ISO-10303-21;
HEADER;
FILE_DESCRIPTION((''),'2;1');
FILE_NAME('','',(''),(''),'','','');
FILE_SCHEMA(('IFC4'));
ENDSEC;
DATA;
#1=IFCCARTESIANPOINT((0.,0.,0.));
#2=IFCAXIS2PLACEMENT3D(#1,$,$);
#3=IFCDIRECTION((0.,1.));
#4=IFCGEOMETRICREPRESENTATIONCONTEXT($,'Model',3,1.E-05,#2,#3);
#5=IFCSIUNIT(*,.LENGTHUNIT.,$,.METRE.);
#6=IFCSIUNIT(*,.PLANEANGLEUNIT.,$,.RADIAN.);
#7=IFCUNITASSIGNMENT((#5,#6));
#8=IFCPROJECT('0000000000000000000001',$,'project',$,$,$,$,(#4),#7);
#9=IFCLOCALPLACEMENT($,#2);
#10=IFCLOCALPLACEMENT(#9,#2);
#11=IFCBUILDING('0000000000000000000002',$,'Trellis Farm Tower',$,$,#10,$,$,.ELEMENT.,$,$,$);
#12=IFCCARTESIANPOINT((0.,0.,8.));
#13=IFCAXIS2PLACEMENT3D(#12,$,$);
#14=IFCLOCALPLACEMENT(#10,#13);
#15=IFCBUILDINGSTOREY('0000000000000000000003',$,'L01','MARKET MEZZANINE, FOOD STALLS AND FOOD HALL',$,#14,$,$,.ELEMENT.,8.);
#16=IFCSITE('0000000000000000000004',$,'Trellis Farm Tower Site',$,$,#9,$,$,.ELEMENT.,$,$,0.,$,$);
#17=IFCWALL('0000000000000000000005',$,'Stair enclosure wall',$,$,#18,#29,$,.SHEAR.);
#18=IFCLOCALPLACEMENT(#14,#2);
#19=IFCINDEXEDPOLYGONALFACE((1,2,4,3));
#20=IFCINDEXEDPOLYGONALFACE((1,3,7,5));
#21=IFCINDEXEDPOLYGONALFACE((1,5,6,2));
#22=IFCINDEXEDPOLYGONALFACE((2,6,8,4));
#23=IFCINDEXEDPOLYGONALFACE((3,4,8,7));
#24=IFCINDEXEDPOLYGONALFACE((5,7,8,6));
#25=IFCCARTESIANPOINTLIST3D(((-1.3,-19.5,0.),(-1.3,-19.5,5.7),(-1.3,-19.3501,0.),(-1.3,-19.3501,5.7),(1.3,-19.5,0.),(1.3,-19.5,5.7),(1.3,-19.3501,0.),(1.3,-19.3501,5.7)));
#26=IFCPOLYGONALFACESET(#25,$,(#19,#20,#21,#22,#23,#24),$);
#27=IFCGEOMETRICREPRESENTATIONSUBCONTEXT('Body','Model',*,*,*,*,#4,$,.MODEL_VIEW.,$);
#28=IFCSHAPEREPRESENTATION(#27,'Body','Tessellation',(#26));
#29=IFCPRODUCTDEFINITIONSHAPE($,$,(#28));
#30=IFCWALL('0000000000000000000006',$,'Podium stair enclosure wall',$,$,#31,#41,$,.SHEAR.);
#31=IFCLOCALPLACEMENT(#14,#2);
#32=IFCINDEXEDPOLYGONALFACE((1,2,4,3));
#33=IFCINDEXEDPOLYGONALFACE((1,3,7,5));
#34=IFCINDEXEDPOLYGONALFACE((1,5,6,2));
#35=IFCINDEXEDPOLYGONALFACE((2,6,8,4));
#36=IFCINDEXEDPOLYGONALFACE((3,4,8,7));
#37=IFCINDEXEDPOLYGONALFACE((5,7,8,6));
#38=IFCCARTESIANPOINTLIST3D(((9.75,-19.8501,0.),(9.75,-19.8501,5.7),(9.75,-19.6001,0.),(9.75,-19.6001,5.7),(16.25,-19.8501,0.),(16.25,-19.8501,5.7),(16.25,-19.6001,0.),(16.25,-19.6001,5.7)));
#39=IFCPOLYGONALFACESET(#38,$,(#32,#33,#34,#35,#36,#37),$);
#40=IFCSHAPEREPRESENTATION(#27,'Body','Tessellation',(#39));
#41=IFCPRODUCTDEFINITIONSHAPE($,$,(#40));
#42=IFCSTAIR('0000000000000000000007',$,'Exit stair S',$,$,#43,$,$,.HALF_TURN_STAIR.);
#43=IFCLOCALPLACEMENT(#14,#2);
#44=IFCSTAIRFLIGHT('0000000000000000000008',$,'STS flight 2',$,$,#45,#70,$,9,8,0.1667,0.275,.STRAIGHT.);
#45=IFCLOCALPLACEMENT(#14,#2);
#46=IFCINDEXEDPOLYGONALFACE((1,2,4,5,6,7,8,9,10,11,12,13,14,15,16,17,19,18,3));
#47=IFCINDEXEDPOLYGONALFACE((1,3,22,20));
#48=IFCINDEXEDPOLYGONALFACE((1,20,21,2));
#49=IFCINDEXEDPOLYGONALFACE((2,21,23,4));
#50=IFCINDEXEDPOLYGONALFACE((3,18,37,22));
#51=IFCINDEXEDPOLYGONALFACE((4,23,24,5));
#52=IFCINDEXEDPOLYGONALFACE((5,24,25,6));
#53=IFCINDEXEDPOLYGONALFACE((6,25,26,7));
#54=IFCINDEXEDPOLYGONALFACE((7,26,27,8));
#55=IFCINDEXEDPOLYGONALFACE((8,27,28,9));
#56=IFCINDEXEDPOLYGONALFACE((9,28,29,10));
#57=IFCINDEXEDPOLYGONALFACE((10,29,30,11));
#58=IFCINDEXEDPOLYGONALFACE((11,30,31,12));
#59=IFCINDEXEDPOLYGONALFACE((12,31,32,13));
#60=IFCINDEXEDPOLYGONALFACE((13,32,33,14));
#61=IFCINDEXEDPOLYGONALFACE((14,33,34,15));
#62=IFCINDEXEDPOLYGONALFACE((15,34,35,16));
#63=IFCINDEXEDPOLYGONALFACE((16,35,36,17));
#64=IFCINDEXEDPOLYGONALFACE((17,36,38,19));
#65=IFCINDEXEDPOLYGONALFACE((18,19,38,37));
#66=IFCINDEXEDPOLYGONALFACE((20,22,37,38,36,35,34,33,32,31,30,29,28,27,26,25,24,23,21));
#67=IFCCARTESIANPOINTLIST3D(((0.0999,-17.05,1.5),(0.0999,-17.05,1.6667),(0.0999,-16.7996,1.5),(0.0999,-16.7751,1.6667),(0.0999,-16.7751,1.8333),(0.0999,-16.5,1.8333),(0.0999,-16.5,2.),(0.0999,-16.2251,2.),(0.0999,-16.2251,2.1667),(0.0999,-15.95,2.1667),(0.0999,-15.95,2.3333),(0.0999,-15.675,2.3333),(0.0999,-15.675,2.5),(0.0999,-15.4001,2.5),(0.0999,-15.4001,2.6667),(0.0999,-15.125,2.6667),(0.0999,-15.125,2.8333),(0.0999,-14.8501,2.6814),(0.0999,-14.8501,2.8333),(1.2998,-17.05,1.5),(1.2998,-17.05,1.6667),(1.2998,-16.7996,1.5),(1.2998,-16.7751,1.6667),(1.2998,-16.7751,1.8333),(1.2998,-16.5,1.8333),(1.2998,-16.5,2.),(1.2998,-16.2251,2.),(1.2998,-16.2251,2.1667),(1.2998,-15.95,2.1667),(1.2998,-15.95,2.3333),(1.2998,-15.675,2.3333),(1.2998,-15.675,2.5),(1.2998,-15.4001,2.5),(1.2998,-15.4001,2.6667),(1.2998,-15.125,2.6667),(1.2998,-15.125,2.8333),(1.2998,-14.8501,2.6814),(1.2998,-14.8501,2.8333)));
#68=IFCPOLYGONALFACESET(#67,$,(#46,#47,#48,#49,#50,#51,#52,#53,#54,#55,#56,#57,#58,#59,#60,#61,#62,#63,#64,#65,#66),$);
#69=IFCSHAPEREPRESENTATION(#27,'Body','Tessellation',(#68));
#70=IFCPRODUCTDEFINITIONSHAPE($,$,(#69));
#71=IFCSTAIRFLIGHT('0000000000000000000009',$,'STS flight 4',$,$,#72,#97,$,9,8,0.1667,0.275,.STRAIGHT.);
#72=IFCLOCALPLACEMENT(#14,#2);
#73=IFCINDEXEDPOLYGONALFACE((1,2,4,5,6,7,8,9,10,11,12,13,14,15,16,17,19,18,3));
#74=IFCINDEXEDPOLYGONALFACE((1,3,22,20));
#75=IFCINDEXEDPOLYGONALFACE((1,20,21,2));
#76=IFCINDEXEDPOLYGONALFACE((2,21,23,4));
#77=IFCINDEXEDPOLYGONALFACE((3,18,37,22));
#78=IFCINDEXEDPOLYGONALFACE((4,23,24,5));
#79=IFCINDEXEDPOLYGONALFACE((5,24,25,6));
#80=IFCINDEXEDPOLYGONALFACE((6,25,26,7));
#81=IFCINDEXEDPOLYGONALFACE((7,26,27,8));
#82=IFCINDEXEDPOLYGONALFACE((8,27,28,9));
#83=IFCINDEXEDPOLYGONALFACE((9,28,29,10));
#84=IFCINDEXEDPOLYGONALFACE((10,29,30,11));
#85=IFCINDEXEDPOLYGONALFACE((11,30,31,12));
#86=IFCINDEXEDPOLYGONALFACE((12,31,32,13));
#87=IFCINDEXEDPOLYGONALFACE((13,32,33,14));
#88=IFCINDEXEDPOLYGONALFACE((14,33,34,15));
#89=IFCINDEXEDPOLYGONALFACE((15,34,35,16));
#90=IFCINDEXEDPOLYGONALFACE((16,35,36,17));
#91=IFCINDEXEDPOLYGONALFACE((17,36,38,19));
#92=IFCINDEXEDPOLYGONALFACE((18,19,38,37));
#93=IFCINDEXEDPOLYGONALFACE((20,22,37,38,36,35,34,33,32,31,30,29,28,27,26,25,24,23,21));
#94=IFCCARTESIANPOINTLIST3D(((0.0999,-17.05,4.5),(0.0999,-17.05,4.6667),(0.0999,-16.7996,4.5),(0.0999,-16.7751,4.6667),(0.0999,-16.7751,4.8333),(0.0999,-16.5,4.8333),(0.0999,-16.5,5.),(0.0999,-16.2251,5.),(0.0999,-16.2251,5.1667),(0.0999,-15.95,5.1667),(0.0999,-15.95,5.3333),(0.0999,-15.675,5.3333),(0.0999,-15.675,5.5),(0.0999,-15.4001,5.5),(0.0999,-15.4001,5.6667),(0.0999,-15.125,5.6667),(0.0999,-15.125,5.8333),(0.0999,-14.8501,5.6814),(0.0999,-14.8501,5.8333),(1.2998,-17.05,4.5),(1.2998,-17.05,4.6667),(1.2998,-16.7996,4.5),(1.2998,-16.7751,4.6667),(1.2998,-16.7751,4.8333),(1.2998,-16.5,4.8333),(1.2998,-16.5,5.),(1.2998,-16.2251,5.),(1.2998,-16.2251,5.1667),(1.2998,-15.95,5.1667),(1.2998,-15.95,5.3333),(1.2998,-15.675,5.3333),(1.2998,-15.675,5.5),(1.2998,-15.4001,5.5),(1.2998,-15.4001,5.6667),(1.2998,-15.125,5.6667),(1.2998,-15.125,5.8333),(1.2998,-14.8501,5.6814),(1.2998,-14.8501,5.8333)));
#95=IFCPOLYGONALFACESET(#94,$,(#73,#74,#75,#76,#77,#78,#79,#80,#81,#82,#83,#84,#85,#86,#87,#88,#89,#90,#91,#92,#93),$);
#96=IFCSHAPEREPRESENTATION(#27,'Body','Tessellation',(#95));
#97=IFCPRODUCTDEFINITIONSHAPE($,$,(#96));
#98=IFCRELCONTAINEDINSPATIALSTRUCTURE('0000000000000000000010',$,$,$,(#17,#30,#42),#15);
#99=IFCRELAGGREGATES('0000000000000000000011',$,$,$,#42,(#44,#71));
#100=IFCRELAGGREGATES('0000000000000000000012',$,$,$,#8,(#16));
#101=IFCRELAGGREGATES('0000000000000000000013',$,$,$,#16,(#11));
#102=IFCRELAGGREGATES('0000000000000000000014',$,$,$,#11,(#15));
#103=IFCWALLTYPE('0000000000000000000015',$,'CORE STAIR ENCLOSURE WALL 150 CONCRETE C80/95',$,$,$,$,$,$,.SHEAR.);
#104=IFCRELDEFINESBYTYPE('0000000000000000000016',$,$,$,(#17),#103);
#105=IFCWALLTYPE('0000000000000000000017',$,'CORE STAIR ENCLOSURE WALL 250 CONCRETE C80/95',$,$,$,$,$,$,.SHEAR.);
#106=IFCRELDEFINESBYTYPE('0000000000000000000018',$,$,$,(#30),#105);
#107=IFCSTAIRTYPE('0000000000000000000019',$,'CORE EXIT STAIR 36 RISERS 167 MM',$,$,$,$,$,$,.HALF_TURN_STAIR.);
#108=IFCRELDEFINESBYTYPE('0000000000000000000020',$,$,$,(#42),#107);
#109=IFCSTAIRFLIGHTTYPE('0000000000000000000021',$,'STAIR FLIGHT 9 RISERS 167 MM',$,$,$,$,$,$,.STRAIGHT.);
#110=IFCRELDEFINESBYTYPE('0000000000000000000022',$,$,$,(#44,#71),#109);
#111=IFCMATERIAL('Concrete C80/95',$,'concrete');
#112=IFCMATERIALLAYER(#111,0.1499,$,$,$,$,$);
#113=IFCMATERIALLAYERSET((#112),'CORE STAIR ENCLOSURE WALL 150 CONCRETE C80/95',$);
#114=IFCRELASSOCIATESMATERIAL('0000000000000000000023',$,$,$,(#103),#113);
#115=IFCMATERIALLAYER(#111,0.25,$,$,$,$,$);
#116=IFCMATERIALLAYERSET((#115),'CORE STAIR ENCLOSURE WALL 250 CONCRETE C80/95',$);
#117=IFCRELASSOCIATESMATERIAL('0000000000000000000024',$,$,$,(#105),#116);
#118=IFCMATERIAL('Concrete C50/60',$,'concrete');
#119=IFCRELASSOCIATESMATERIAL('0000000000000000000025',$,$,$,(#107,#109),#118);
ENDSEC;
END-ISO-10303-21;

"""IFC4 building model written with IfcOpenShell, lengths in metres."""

from ifc_helpers import new_model, si_unit, direction, frame, frame_2d, origin, place, context, subcontext, project, spatial, polyline, rectangle, outline, extrude, source, transform, mapped, material, layer, layer_set, type_object, element, aggregate, save


model = new_model("IFC4")

# Units and contexts
model_context = context("Model", 3, precision=1e-05, world=origin(), true_north=direction((0.0, 1.0)))
body_context = subcontext(model_context, "Body", "Model", "MODEL_VIEW")
ifc_project = project(units=[si_unit("LENGTHUNIT", "METRE"), si_unit("PLANEANGLEUNIT", "RADIAN")], contexts=[model_context])

# Site, building, storey
site_placement = place(None, origin())
site = spatial("IfcSite", under=ifc_project, at=site_placement, Name="Trellis Farm Tower Site", CompositionType="ELEMENT", RefElevation=0.0)
building_placement = place(site_placement, origin())
building = spatial("IfcBuilding", under=site, at=building_placement, Name="Trellis Farm Tower", CompositionType="ELEMENT")
storey_placement = place(building_placement, frame((0.0, 0.0, 8.0)))
storey = spatial("IfcBuildingStorey", under=building, at=storey_placement, Name="L01", Description="MARKET MEZZANINE, FOOD STALLS AND FOOD HALL", CompositionType="ELEMENT", Elevation=8.0)

# Shared definitions
ifc_material_1 = material(Name="Concrete C80/95", Category="concrete")

# Shared definitions
ifc_layer_1 = layer(ifc_material_1, 0.1499)
ifc_layer_set_1 = layer_set([ifc_layer_1], Name="CORE STAIR ENCLOSURE WALL 150 CONCRETE C80/95")
wall_type_1 = type_object("IfcWallType", Name="CORE STAIR ENCLOSURE WALL 150 CONCRETE C80/95", PredefinedType="SHEAR", material=ifc_layer_set_1)
shared_shape_1 = source(origin(), body_context, "Body", "SweptSolid", [
    extrude(rectangle(XDim=2.6001, YDim=0.1499, at=frame_2d((1.3, 0.0))), origin(), (0.0, 0.0, 1.0), 5.7),
])

# Walls
wall_1_placement = place(storey_placement, frame((1.3, -19.425, 0.0), z_axis=(0.0, 0.0, 1.0), x_axis=(-1.0, 0.0, 0.0)))
element("IfcWall", 1, at=wall_1_placement, inside=storey, type_object=wall_type_1, Name="Stair enclosure wall", PredefinedType="SHEAR", context=body_context, shape_type="MappedRepresentation", body=[
    mapped(shared_shape_1, transform((0.0, 0.0, 0.0))),
])
ifc_layer_2 = layer(ifc_material_1, 0.25)
ifc_layer_set_2 = layer_set([ifc_layer_2], Name="CORE STAIR ENCLOSURE WALL 250 CONCRETE C80/95")
wall_type_2 = type_object("IfcWallType", Name="CORE STAIR ENCLOSURE WALL 250 CONCRETE C80/95", PredefinedType="SHEAR", material=ifc_layer_set_2)
shared_shape_2 = source(origin(), body_context, "Body", "SweptSolid", [
    extrude(rectangle(XDim=6.5, YDim=0.25, at=frame_2d((3.25, 0.0))), origin(), (0.0, 0.0, 1.0), 5.7),
])
wall_2_placement = place(storey_placement, frame((9.75, -19.7251, 0.0), z_axis=(0.0, 0.0, 1.0), x_axis=(1.0, 0.0, 0.0)))
element("IfcWall", 2, at=wall_2_placement, inside=storey, type_object=wall_type_2, Name="Podium stair enclosure wall", PredefinedType="SHEAR", context=body_context, shape_type="MappedRepresentation", body=[
    mapped(shared_shape_2, transform((0.0, 0.0, 0.0))),
])

# Stair, stair flights
ifc_material_2 = material(Name="Concrete C50/60", Category="concrete")
stair_type = type_object("IfcStairType", Name="CORE EXIT STAIR 36 RISERS 167 MM", PredefinedType="HALF_TURN_STAIR", material=ifc_material_2)
stair_placement = place(storey_placement, origin())
stair = element("IfcStair", 3, at=stair_placement, inside=storey, type_object=stair_type, Name="Exit stair S", PredefinedType="HALF_TURN_STAIR")
stair_flight_type = type_object("IfcStairFlightType", Name="STAIR FLIGHT 9 RISERS 167 MM", PredefinedType="STRAIGHT", material=ifc_material_2)
shared_shape_3 = source(origin(), body_context, "Body", "SweptSolid", [
    extrude(outline(polyline([(0.0, 0.0), (0.0, 0.1667), (0.2749, 0.1667), (0.2749, 0.3333), (0.55, 0.3333), (0.55, 0.5), (0.825, 0.5), (0.825, 0.6667), (1.1001, 0.6667), (1.1001, 0.8333), (1.375, 0.8333), (1.375, 1.0), (1.6499, 1.0), (1.6499, 1.1667), (1.925, 1.1667), (1.925, 1.3333), (2.2, 1.3333), (2.2, 1.5), (2.2, 1.1814), (0.2505, 0.0), (0.0, 0.0)])), frame((0.0, 0.6001, 0.0), z_axis=(0.0, -1.0, 0.0), x_axis=(1.0, 0.0, 0.0)), (0.0, 0.0, 1.0), 1.2),
])
stair_flight_1_placement = place(storey_placement, frame((0.7, -17.05, 1.5), z_axis=(0.0, 0.0, 1.0), x_axis=(0.0, 1.0, 0.0)))
stair_flight_1 = element("IfcStairFlight", 4, at=stair_flight_1_placement, type_object=stair_flight_type, Name="STS flight 2", NumberOfRisers=9, NumberOfTreads=8, PredefinedType="STRAIGHT", RiserHeight=0.1667, TreadLength=0.275, context=body_context, shape_type="MappedRepresentation", body=[
    mapped(shared_shape_3, transform((0.0, 0.0, 0.0))),
])
stair_flight_2_placement = place(storey_placement, frame((0.7, -17.05, 4.5), z_axis=(0.0, 0.0, 1.0), x_axis=(0.0, 1.0, 0.0)))
stair_flight_2 = element("IfcStairFlight", 5, at=stair_flight_2_placement, type_object=stair_flight_type, Name="STS flight 4", NumberOfRisers=9, NumberOfTreads=8, PredefinedType="STRAIGHT", RiserHeight=0.1667, TreadLength=0.275, context=body_context, shape_type="MappedRepresentation", body=[
    mapped(shared_shape_3, transform((0.0, 0.0, 0.0))),
])
aggregate(stair, [stair_flight_1, stair_flight_2])

save(model, "model.ifc")
